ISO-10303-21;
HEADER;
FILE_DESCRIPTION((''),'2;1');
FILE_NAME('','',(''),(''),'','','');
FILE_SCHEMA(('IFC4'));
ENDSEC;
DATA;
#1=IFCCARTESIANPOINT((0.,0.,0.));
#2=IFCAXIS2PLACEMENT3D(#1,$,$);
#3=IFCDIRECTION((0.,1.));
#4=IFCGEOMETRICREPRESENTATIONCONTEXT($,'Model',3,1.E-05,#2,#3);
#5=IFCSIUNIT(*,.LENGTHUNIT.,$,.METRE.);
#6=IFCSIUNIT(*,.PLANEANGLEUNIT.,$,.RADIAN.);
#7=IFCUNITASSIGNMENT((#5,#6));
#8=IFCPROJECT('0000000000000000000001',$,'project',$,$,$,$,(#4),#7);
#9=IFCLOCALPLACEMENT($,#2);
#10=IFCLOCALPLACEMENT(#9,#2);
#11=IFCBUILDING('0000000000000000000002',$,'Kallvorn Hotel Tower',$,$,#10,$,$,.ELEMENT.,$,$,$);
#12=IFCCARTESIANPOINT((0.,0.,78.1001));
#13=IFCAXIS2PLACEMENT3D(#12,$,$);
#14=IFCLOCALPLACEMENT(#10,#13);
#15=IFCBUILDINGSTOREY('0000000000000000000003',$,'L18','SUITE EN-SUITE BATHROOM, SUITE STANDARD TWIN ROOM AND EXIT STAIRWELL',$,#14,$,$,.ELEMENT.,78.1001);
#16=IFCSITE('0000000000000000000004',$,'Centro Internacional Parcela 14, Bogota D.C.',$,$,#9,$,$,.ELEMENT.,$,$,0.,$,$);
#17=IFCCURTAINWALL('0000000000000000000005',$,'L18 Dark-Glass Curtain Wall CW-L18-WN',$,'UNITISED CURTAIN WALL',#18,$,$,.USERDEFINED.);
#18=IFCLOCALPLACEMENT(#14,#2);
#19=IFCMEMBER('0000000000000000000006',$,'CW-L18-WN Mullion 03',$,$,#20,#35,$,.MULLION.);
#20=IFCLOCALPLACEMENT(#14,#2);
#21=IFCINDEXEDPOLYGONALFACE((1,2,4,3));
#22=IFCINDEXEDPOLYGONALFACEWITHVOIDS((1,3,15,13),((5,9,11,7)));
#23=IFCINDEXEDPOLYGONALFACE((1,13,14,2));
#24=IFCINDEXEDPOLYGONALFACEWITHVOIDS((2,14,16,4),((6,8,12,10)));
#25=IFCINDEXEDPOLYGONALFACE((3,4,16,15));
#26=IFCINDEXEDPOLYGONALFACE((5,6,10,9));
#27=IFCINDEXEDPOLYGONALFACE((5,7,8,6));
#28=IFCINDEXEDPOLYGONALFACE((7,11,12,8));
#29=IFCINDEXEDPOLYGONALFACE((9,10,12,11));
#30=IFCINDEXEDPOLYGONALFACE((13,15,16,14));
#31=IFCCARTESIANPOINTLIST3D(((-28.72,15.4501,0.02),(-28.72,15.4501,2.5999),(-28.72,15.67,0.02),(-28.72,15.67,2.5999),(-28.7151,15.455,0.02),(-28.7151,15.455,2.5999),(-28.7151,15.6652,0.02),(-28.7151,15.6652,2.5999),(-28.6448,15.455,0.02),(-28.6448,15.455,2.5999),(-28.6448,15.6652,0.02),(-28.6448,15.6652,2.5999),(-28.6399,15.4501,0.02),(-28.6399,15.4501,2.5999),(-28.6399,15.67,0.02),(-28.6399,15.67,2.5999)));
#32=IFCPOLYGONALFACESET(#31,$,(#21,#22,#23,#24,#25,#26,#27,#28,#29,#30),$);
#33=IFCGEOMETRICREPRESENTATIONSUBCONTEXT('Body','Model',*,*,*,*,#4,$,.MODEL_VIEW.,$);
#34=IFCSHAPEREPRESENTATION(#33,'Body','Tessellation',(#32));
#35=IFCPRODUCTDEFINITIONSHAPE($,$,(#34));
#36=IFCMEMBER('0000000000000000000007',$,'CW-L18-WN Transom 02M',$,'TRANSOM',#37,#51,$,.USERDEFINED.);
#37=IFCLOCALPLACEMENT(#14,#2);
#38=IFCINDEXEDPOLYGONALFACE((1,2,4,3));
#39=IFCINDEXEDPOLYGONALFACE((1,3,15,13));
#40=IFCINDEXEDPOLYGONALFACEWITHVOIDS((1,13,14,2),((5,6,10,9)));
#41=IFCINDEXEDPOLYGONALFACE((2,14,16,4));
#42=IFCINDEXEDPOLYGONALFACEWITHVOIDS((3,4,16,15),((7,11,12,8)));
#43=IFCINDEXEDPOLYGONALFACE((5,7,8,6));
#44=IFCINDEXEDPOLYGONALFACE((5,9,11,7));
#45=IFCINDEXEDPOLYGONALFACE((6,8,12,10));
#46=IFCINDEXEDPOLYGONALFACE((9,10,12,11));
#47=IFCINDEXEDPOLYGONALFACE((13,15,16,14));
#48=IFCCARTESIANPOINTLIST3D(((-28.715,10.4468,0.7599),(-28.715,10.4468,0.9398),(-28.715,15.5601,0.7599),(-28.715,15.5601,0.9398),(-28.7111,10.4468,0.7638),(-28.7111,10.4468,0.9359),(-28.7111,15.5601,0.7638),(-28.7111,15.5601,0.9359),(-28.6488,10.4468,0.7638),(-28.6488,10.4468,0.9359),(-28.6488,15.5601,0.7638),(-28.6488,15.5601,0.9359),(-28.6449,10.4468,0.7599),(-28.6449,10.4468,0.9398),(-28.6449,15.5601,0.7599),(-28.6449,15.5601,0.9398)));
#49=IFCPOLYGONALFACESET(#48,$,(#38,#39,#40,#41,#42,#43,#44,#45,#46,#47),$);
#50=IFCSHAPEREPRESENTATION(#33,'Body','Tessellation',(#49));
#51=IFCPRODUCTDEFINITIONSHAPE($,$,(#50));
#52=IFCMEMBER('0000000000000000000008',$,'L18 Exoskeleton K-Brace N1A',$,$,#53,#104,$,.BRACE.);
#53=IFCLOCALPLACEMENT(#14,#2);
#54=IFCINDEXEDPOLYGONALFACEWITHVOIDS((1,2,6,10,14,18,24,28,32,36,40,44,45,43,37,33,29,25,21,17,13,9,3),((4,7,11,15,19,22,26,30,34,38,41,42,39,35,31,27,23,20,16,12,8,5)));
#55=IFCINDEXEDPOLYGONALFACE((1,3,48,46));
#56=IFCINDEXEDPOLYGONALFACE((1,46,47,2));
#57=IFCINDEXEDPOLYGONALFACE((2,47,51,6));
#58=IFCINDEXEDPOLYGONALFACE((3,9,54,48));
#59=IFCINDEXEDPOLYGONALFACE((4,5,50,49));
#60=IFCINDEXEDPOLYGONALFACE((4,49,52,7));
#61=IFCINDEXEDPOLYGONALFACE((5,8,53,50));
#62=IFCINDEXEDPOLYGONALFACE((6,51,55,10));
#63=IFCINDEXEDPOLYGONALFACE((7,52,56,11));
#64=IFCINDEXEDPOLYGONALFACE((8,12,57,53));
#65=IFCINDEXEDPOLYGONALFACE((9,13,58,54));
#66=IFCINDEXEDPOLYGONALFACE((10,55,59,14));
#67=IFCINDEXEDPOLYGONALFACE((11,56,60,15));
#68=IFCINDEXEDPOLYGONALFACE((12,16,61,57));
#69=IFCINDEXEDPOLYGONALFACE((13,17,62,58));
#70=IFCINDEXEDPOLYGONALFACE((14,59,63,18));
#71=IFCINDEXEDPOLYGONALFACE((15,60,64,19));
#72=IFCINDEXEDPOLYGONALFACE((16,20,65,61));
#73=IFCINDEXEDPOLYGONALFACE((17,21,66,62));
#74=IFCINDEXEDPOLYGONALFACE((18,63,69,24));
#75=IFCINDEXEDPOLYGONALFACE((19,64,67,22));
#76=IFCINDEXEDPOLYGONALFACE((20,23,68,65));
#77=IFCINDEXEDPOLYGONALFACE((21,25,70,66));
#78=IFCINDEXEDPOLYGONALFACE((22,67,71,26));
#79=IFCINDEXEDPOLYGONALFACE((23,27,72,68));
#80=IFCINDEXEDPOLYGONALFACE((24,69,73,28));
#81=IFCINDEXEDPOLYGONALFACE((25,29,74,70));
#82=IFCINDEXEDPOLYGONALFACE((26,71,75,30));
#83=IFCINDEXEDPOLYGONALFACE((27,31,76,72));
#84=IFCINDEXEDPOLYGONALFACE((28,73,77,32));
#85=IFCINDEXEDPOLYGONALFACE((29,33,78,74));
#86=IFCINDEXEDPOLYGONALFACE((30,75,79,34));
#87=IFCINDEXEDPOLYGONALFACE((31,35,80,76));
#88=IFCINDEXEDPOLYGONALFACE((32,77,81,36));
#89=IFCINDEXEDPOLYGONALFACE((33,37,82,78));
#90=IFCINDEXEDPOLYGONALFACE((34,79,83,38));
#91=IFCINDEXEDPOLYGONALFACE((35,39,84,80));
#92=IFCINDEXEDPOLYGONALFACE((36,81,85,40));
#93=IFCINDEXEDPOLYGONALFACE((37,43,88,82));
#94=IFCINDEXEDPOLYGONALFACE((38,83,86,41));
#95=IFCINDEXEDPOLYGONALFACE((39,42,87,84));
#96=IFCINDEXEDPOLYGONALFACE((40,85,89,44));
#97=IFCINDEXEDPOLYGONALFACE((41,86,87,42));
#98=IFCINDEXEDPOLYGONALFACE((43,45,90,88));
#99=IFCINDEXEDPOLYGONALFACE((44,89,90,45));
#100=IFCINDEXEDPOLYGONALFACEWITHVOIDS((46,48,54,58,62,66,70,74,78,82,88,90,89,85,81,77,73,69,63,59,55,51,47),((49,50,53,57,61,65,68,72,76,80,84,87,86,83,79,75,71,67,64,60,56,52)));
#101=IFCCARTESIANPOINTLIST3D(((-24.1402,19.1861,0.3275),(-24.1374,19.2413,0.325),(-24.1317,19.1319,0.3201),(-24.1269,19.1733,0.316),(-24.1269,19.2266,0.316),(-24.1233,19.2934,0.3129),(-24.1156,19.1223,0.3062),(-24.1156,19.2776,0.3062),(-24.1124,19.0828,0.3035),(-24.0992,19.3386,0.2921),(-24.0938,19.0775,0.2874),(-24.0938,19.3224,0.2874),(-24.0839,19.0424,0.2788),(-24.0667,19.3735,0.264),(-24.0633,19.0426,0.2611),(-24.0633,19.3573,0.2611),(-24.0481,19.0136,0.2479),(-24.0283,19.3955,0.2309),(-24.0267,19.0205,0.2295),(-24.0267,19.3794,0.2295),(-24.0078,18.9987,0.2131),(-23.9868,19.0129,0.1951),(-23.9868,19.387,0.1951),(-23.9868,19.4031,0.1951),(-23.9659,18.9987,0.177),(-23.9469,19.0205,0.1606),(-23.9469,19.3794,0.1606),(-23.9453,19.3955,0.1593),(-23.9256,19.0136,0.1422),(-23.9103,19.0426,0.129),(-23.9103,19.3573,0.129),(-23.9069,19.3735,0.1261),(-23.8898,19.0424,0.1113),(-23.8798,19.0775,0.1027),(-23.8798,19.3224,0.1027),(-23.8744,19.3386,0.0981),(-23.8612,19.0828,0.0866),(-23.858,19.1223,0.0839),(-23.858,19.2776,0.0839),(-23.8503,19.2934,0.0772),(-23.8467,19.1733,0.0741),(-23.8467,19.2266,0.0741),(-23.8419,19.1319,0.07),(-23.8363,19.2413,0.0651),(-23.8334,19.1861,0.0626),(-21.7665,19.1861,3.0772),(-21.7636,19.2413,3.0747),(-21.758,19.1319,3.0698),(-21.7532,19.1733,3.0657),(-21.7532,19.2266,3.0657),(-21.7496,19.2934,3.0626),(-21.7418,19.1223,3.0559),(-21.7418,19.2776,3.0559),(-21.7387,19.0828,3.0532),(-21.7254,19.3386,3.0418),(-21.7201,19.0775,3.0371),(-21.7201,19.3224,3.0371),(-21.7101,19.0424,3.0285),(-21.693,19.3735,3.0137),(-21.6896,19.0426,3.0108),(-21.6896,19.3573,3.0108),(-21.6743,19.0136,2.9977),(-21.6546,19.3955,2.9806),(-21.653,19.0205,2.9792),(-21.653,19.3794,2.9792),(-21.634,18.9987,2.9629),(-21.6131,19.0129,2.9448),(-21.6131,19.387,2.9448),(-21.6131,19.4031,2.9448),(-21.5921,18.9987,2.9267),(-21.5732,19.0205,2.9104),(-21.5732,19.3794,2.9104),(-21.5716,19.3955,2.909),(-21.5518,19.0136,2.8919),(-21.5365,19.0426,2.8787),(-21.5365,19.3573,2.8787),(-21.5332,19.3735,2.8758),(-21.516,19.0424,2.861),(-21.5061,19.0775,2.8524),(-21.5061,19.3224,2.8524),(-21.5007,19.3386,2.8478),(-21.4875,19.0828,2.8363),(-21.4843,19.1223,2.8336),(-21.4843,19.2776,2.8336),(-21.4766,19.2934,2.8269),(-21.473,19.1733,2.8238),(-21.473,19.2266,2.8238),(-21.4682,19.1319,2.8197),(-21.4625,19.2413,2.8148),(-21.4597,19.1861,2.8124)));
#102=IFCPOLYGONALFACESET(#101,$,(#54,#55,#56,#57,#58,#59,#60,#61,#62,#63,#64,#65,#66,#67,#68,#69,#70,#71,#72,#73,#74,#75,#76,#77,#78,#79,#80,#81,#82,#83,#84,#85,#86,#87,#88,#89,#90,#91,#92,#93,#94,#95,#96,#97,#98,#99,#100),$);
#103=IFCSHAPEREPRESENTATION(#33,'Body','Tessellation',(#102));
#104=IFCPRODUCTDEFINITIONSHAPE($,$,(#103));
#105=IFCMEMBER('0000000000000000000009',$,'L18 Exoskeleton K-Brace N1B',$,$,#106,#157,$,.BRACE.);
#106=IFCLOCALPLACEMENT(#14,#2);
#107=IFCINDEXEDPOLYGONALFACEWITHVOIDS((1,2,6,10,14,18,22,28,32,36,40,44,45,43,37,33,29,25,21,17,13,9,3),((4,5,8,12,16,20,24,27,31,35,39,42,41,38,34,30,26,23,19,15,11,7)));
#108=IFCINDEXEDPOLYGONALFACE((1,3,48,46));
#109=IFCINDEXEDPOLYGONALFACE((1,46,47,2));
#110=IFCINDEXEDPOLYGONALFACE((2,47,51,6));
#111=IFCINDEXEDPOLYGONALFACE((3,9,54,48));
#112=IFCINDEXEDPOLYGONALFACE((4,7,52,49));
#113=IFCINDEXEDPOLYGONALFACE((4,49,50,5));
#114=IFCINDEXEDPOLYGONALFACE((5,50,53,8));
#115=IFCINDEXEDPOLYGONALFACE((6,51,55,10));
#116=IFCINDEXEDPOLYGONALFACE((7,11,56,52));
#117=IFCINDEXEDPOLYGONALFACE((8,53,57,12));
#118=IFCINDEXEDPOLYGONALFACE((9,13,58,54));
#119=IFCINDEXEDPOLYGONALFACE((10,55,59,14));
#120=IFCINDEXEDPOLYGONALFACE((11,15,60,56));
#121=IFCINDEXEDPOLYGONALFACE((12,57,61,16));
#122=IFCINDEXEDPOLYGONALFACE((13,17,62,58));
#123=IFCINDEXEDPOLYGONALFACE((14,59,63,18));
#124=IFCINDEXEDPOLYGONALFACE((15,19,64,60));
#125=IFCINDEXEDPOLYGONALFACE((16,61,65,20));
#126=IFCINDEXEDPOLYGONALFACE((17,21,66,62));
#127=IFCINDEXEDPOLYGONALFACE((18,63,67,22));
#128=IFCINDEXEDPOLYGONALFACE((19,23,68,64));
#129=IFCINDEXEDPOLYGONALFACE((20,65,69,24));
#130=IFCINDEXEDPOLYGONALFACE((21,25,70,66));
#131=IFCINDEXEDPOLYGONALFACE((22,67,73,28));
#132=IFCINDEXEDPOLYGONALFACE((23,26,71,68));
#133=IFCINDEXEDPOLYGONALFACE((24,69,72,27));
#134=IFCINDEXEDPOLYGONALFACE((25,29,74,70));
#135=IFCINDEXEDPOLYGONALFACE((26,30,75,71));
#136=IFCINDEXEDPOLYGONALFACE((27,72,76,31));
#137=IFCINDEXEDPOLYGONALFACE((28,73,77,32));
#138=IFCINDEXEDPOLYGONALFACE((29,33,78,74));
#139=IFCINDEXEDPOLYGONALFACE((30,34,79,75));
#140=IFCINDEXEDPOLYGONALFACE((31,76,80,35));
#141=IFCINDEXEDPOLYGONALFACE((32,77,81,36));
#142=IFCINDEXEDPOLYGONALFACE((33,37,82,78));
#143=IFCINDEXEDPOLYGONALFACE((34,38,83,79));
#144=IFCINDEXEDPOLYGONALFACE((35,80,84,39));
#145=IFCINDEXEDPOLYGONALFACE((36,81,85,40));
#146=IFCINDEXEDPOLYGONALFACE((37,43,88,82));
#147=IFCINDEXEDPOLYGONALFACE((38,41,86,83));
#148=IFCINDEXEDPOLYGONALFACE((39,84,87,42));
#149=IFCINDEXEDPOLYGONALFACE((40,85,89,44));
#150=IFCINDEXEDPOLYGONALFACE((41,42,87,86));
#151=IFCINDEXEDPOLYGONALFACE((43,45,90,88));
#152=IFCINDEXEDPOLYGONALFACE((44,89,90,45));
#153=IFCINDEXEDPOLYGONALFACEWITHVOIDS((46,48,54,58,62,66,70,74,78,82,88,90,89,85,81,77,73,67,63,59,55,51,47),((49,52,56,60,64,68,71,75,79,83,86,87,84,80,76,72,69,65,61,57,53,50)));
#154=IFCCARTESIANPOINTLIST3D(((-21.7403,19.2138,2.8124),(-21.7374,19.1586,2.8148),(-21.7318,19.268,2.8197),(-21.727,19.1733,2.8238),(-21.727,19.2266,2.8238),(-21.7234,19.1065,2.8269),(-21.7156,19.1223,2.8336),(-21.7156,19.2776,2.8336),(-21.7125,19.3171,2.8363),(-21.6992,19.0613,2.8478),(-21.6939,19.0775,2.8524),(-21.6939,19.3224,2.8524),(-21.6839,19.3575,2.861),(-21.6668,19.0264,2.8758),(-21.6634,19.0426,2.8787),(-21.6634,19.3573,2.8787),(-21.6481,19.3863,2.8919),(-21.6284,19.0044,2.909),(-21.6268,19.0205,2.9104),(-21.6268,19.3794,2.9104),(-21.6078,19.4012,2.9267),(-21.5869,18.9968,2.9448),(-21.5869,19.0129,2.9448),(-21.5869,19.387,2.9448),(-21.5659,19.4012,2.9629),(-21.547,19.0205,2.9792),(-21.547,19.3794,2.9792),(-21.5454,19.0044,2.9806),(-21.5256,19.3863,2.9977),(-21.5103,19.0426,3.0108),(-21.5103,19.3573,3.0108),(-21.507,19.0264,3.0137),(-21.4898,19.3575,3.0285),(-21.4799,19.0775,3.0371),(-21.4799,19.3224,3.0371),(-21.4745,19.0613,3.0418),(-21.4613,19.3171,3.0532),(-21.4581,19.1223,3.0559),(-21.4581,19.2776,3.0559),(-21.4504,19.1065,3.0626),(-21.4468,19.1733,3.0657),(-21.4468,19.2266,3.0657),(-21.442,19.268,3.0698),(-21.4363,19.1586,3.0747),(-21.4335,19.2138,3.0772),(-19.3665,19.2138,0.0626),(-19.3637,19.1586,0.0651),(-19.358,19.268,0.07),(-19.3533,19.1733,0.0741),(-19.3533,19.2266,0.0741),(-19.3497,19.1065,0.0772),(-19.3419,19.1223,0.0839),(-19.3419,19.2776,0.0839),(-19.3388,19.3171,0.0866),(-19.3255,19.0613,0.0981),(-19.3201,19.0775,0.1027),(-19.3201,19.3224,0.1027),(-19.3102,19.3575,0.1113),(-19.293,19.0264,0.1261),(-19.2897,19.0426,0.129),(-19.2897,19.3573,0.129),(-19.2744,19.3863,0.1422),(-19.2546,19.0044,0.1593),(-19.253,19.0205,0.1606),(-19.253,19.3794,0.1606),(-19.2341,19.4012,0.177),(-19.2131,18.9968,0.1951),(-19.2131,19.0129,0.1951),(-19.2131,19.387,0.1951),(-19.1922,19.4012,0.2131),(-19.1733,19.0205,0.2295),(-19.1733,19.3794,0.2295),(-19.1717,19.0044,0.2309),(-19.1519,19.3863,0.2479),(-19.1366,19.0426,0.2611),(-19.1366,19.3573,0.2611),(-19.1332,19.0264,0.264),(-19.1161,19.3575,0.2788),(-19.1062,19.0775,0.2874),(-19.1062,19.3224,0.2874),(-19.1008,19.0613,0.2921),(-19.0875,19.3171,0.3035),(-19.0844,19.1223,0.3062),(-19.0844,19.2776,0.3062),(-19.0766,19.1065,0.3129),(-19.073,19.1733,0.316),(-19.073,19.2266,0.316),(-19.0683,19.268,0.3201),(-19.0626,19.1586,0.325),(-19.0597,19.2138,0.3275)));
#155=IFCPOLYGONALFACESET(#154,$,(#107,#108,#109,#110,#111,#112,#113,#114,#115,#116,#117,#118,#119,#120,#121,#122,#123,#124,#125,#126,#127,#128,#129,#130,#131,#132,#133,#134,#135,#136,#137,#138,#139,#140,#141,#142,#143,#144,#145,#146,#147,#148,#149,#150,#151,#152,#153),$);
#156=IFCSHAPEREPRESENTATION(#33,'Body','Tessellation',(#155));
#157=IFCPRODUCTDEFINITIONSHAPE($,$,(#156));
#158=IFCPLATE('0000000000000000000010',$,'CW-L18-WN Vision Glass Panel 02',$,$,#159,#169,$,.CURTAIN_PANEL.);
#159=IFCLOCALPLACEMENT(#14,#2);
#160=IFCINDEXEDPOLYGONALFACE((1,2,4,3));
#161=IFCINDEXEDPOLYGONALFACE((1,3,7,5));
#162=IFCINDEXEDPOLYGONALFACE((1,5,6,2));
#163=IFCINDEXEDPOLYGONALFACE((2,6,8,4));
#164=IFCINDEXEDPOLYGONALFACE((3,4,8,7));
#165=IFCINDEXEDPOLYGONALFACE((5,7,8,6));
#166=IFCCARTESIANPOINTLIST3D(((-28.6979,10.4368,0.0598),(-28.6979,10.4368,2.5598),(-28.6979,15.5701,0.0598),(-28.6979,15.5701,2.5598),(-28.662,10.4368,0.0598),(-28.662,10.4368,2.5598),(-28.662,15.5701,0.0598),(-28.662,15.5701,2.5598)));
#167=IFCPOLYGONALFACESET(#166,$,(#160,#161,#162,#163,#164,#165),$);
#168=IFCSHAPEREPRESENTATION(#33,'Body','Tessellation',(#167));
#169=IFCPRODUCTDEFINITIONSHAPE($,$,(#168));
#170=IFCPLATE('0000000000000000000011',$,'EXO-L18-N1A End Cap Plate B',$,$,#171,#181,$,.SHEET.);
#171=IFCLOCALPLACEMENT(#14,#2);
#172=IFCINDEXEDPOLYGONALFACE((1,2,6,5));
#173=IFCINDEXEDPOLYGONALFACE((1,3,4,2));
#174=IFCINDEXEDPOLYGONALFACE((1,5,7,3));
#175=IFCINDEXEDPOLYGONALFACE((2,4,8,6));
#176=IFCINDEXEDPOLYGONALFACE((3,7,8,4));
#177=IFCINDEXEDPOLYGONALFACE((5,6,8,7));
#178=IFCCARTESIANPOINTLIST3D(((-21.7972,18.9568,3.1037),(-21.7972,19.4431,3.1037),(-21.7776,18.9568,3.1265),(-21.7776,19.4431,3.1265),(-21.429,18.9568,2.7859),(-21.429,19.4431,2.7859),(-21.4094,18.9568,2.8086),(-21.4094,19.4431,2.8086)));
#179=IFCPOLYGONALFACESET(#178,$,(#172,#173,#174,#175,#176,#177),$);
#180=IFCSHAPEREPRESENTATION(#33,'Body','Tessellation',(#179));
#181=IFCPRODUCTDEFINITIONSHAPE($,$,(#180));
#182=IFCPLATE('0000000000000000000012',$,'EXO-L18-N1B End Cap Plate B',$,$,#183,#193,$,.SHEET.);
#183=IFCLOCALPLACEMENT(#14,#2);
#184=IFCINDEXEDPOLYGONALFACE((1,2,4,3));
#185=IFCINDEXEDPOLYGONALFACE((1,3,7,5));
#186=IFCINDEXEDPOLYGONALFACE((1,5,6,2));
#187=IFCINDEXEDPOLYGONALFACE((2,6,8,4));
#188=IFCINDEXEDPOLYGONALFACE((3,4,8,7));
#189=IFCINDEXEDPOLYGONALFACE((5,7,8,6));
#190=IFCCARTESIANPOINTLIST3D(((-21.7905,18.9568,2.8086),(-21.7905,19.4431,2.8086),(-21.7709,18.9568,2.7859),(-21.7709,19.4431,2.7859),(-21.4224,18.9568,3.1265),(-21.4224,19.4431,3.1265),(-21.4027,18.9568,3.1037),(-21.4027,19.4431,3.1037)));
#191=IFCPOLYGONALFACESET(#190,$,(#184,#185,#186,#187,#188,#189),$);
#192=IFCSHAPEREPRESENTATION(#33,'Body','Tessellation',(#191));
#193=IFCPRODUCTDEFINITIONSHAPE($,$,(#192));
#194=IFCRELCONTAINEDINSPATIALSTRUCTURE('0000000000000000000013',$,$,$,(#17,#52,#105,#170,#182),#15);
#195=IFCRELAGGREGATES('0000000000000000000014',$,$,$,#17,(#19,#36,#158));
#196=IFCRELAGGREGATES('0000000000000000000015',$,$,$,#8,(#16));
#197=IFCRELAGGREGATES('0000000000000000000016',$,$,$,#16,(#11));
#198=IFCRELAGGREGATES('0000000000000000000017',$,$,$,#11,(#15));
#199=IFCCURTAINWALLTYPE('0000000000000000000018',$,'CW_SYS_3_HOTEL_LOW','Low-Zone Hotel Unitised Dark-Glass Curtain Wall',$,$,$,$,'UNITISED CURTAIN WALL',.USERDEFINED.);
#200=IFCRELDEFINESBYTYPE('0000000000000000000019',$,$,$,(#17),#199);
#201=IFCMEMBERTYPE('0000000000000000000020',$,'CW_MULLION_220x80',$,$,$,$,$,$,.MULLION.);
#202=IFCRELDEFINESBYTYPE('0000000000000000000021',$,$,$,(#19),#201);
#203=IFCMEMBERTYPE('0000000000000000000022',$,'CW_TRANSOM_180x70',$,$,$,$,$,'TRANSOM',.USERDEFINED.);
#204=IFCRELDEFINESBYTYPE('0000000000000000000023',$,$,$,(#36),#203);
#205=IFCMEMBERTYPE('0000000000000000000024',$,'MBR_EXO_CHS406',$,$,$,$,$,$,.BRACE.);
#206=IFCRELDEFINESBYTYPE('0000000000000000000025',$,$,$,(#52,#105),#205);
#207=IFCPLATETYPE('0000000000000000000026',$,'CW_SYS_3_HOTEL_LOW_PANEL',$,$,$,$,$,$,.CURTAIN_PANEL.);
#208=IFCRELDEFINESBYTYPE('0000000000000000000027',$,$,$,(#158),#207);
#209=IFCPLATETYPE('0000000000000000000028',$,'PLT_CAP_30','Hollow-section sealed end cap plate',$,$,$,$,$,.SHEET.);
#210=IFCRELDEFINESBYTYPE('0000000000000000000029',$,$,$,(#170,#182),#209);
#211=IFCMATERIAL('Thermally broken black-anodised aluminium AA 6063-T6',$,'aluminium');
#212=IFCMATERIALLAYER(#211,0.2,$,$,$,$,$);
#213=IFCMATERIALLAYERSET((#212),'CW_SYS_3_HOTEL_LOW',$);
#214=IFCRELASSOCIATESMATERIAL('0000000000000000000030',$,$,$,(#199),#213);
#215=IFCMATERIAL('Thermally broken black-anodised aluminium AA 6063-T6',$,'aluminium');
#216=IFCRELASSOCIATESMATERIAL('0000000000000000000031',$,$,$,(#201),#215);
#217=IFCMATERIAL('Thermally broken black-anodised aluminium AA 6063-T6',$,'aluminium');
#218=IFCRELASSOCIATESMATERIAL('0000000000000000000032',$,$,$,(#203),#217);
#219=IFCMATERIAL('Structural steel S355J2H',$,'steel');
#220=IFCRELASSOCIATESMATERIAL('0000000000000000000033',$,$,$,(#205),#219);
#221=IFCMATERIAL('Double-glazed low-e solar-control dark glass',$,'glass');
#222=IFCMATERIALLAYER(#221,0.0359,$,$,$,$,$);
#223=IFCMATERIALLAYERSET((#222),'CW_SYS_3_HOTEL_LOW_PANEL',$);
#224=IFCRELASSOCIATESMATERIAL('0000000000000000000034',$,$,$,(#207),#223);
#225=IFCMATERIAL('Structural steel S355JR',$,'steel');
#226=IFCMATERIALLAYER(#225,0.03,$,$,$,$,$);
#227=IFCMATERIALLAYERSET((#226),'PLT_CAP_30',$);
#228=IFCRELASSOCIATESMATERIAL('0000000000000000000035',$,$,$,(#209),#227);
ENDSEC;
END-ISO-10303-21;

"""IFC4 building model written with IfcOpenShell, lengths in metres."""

from ifc_helpers import new_model, si_unit, direction, frame, origin, origin_2d, place, context, subcontext, project, spatial, polyline, rectangle, hollow_rectangle, hollow_circle, outline, extrude, material, layer, layer_set, material_profile, profile_set, type_object, element, aggregate, save


model = new_model("IFC4")

# Units and contexts
model_context = context("Model", 3, precision=1e-05, world=origin(), true_north=direction((0.0, 1.0)))
body_context = subcontext(model_context, "Body", "Model", "MODEL_VIEW")
ifc_project = project(units=[si_unit("LENGTHUNIT", "METRE"), si_unit("PLANEANGLEUNIT", "RADIAN")], contexts=[model_context])

# Site, building, storey
site_placement = place(None, origin())
site = spatial("IfcSite", under=ifc_project, at=site_placement, Name="Centro Internacional Parcela 14, Bogota D.C.", CompositionType="ELEMENT", RefElevation=0.0)
building_placement = place(site_placement, origin())
building = spatial("IfcBuilding", under=site, at=building_placement, Name="Kallvorn Hotel Tower", CompositionType="ELEMENT")
storey_placement = place(building_placement, frame((0.0, 0.0, 78.1001)))
storey = spatial("IfcBuildingStorey", under=building, at=storey_placement, Name="L18", Description="SUITE EN-SUITE BATHROOM, SUITE STANDARD TWIN ROOM AND EXIT STAIRWELL", CompositionType="ELEMENT", Elevation=78.1001)

# Curtain wall, members
ifc_material_1 = material(Name="Thermally broken black-anodised aluminium AA 6063-T6", Category="aluminium")
ifc_layer_1 = layer(ifc_material_1, 0.2)
ifc_layer_set_1 = layer_set([ifc_layer_1], Name="CW_SYS_3_HOTEL_LOW")
curtain_wall_type = type_object("IfcCurtainWallType", Name="CW_SYS_3_HOTEL_LOW", Description="Low-Zone Hotel Unitised Dark-Glass Curtain Wall", ElementType="UNITISED CURTAIN WALL", PredefinedType="USERDEFINED", material=ifc_layer_set_1)
curtain_wall_placement = place(storey_placement, origin())
curtain_wall = element("IfcCurtainWall", 1, at=curtain_wall_placement, inside=storey, type_object=curtain_wall_type, Name="L18 Dark-Glass Curtain Wall CW-L18-WN", ObjectType="UNITISED CURTAIN WALL", PredefinedType="USERDEFINED")
ifc_material_2 = material(Name="Thermally broken black-anodised aluminium AA 6063-T6", Category="aluminium")
ifc_material_profile_1 = material_profile(ifc_material_2, hollow_rectangle(XDim=0.0801, YDim=0.22, WallThickness=0.0049, at=origin_2d()), Name="MUL 220x80")
ifc_profile_set_1 = profile_set([ifc_material_profile_1], Name="Thermally broken black-anodised aluminium AA 6063-T6")
member_type_1 = type_object("IfcMemberType", Name="CW_MULLION_220x80", PredefinedType="MULLION", material=ifc_profile_set_1)
member_1_placement = place(storey_placement, frame((-28.6799, 15.5601, 0.02), z_axis=(0.0, 0.0, 1.0), x_axis=(1.0, 0.0, 0.0)))
member_1 = element("IfcMember", 2, at=member_1_placement, type_object=member_type_1, Name="CW-L18-WN Mullion 03", PredefinedType="MULLION", context=body_context, shape_type="SweptSolid", body=[
    extrude(hollow_rectangle(XDim=0.0801, YDim=0.22, WallThickness=0.0049, at=origin_2d()), origin(), (0.0, 0.0, 1.0), 2.5798),
])
ifc_material_3 = material(Name="Thermally broken black-anodised aluminium AA 6063-T6", Category="aluminium")
ifc_material_profile_2 = material_profile(ifc_material_3, hollow_rectangle(XDim=0.0701, YDim=0.1799, WallThickness=0.0039, at=origin_2d()), Name="TRN 180x70")
ifc_profile_set_2 = profile_set([ifc_material_profile_2], Name="Thermally broken black-anodised aluminium AA 6063-T6")
member_type_2 = type_object("IfcMemberType", Name="CW_TRANSOM_180x70", ElementType="TRANSOM", PredefinedType="USERDEFINED", material=ifc_profile_set_2)
member_2_placement = place(storey_placement, frame((-28.6799, 10.4468, 0.8499), z_axis=(0.0, 1.0, 0.0), x_axis=(-1.0, 0.0, 0.0)))
member_2 = element("IfcMember", 3, at=member_2_placement, type_object=member_type_2, Name="CW-L18-WN Transom 02M", ObjectType="TRANSOM", PredefinedType="USERDEFINED", context=body_context, shape_type="SweptSolid", body=[
    extrude(hollow_rectangle(XDim=0.0701, YDim=0.1799, WallThickness=0.0039, at=origin_2d()), origin(), (0.0, 0.0, 1.0), 5.1133),
])

# Members
ifc_material_4 = material(Name="Structural steel S355J2H", Category="steel")
ifc_material_profile_3 = material_profile(ifc_material_4, hollow_circle(Radius=0.2031, WallThickness=0.0161, at=origin_2d()), Name="CHS 406.4x16")
ifc_profile_set_3 = profile_set([ifc_material_profile_3], Name="Structural steel S355J2H")
member_type_3 = type_object("IfcMemberType", Name="MBR_EXO_CHS406", PredefinedType="BRACE", material=ifc_profile_set_3)
for number, where, z_axis, x_axis, name in (
    (4, (-23.9868, 19.2, 0.1951), (0.653461, 0.0, 0.756961), (0.0, 1.0, 0.0), "L18 Exoskeleton K-Brace N1A"),
    (5, (-19.2131, 19.2, 0.1951), (-0.653461, 0.0, 0.756961), (0.0, -1.0, 0.0), "L18 Exoskeleton K-Brace N1B"),
):
    element("IfcMember", number, at=place(storey_placement, frame(where, z_axis=z_axis, x_axis=x_axis)), inside=storey, type_object=member_type_3, Name=name, PredefinedType="BRACE", context=body_context, shape_type="SweptSolid", body=[
        extrude(hollow_circle(Radius=0.2031, WallThickness=0.0161, at=origin_2d()), origin(), (0.0, 0.0, 1.0), 3.6326),
    ])

# Plate
ifc_material_5 = material(Name="Double-glazed low-e solar-control dark glass", Category="glass")
ifc_layer_2 = layer(ifc_material_5, 0.0359)
ifc_layer_set_2 = layer_set([ifc_layer_2], Name="CW_SYS_3_HOTEL_LOW_PANEL")
plate_type_1 = type_object("IfcPlateType", Name="CW_SYS_3_HOTEL_LOW_PANEL", PredefinedType="CURTAIN_PANEL", material=ifc_layer_set_2)
plate_1_placement = place(storey_placement, frame((-28.6799, 13.0034, 0.0598), z_axis=(0.0, 0.0, 1.0), x_axis=(0.0, 1.0, 0.0)))
plate_1 = element("IfcPlate", 6, at=plate_1_placement, type_object=plate_type_1, Name="CW-L18-WN Vision Glass Panel 02", PredefinedType="CURTAIN_PANEL", context=body_context, shape_type="SweptSolid", body=[
    extrude(rectangle(XDim=5.1333, YDim=0.0359, at=origin_2d()), origin(), (0.0, 0.0, 1.0), 2.5),
])
aggregate(curtain_wall, [member_1, member_2, plate_1])

# Plates
ifc_material_6 = material(Name="Structural steel S355JR", Category="steel")
ifc_layer_3 = layer(ifc_material_6, 0.03)
ifc_layer_set_3 = layer_set([ifc_layer_3], Name="PLT_CAP_30")
plate_type_2 = type_object("IfcPlateType", Name="PLT_CAP_30", Description="Hollow-section sealed end cap plate", PredefinedType="SHEET", material=ifc_layer_set_3)
for number, where, z_axis, x_axis, name in (
    (7, (-21.4094, 18.9568, 2.8086), (0.653515, 0.0, 0.756913), (0.0, 1.0, 0.0), "EXO-L18-N1A End Cap Plate B"),
    (8, (-21.7905, 19.4431, 2.8086), (-0.653515, 0.0, 0.756913), (0.0, -1.0, 0.0), "EXO-L18-N1B End Cap Plate B"),
):
    element("IfcPlate", number, at=place(storey_placement, frame(where, z_axis=z_axis, x_axis=x_axis)), inside=storey, type_object=plate_type_2, Name=name, PredefinedType="SHEET", context=body_context, shape_type="SweptSolid", body=[
        extrude(outline(polyline([(0.0, 0.0), (0.4863, 0.0), (0.4863, 0.4864), (0.0, 0.4864), (0.0, 0.0)])), origin(), (0.0, 0.0, -1.0), 0.03),
    ])

save(model, "model.ifc")
